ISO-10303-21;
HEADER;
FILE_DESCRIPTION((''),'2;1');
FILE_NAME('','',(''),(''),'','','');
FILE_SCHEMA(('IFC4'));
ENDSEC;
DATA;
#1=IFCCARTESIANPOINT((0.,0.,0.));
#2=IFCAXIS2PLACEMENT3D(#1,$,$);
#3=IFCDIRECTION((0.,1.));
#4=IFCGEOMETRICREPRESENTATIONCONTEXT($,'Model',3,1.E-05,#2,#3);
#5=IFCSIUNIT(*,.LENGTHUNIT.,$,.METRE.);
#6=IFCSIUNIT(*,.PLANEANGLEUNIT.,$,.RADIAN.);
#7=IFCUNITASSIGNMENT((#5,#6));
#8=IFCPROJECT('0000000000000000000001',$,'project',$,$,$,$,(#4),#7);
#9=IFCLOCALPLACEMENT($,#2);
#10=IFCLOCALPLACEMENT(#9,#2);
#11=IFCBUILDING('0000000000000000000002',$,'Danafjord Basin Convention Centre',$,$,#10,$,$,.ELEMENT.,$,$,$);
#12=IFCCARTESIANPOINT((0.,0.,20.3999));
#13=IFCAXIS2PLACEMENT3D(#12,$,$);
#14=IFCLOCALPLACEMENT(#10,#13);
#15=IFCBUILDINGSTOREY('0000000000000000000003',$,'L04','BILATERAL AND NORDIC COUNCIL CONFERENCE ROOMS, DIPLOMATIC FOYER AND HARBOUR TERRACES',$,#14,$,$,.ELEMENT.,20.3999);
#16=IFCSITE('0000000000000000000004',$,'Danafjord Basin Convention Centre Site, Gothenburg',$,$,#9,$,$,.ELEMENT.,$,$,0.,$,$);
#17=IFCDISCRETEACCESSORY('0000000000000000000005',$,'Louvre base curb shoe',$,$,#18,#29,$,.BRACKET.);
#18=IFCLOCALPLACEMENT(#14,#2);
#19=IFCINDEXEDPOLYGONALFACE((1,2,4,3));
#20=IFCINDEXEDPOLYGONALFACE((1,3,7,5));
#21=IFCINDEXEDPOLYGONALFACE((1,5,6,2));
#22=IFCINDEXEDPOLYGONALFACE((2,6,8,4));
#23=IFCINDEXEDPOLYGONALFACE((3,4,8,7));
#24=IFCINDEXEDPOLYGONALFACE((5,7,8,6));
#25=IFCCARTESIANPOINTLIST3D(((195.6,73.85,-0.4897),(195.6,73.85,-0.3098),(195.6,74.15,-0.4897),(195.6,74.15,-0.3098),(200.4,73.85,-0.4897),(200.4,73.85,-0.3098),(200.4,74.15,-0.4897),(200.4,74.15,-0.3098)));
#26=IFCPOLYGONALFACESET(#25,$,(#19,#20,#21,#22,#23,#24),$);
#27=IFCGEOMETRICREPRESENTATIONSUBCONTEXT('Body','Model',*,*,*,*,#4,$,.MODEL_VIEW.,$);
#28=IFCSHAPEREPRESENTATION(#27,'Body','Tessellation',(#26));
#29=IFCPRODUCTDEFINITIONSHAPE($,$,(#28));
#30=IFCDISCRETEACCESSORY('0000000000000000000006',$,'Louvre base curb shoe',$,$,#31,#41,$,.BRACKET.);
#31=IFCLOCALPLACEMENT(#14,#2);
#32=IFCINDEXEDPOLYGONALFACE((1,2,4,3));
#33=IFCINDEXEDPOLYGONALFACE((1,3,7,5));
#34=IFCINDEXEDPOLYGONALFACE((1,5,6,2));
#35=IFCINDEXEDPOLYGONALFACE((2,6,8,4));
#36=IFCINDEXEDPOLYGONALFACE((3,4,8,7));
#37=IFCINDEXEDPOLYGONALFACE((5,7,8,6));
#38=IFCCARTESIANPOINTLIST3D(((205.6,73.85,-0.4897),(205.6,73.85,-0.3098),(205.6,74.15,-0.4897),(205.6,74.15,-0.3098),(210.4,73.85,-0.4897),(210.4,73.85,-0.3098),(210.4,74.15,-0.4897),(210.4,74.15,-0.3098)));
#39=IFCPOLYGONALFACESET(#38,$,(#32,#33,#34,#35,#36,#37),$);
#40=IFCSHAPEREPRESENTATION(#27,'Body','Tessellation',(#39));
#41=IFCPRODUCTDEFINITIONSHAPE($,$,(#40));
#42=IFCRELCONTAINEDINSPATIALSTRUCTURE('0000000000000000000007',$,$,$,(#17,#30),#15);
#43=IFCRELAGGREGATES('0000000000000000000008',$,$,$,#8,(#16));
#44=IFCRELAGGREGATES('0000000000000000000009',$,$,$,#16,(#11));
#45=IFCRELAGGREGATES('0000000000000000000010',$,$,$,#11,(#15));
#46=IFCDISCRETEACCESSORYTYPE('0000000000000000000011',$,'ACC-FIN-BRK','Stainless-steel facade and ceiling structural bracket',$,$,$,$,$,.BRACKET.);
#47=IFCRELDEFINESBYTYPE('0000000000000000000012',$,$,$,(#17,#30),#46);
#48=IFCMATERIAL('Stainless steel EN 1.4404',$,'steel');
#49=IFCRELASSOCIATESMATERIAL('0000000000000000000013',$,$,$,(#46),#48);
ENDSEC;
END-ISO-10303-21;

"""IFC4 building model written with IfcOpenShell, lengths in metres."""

from ifc_helpers import new_model, si_unit, direction, frame, origin, origin_2d, place, context, subcontext, project, spatial, rectangle, extrude, material, type_object, element, save


model = new_model("IFC4")

# Units and contexts
model_context = context("Model", 3, precision=1e-05, world=origin(), true_north=direction((0.0, 1.0)))
body_context = subcontext(model_context, "Body", "Model", "MODEL_VIEW")
ifc_project = project(units=[si_unit("LENGTHUNIT", "METRE"), si_unit("PLANEANGLEUNIT", "RADIAN")], contexts=[model_context])

# Site, building, storey
site_placement = place(None, origin())
site = spatial("IfcSite", under=ifc_project, at=site_placement, Name="Danafjord Basin Convention Centre Site, Gothenburg", CompositionType="ELEMENT", RefElevation=0.0)
building_placement = place(site_placement, origin())
building = spatial("IfcBuilding", under=site, at=building_placement, Name="Danafjord Basin Convention Centre", CompositionType="ELEMENT")
storey_placement = place(building_placement, frame((0.0, 0.0, 20.3999)))
storey = spatial("IfcBuildingStorey", under=building, at=storey_placement, Name="L04", Description="BILATERAL AND NORDIC COUNCIL CONFERENCE ROOMS, DIPLOMATIC FOYER AND HARBOUR TERRACES", CompositionType="ELEMENT", Elevation=20.3999)

# Discrete accessories
ifc_material_1 = material(Name="Stainless steel EN 1.4404", Category="steel")
discrete_accessory_type = type_object("IfcDiscreteAccessoryType", Name="ACC-FIN-BRK", Description="Stainless-steel facade and ceiling structural bracket", PredefinedType="BRACKET", material=ifc_material_1)
for number, where, z_axis, x_axis, name in (
    (1, (198.0, 74.0, -0.4897), (0.0, 0.0, 1.0), (1.0, 0.0, 0.0), "Louvre base curb shoe"),
    (2, (208.0, 74.0, -0.4897), (0.0, 0.0, 1.0), (1.0, 0.0, 0.0), "Louvre base curb shoe"),
):
    element("IfcDiscreteAccessory", number, at=place(storey_placement, frame(where, z_axis=z_axis, x_axis=x_axis)), inside=storey, type_object=discrete_accessory_type, Name=name, PredefinedType="BRACKET", context=body_context, shape_type="SweptSolid", body=[
        extrude(rectangle(XDim=4.8, YDim=0.3, at=origin_2d()), origin(), (0.0, 0.0, 1.0), 0.1799),
    ])

save(model, "model.ifc")
